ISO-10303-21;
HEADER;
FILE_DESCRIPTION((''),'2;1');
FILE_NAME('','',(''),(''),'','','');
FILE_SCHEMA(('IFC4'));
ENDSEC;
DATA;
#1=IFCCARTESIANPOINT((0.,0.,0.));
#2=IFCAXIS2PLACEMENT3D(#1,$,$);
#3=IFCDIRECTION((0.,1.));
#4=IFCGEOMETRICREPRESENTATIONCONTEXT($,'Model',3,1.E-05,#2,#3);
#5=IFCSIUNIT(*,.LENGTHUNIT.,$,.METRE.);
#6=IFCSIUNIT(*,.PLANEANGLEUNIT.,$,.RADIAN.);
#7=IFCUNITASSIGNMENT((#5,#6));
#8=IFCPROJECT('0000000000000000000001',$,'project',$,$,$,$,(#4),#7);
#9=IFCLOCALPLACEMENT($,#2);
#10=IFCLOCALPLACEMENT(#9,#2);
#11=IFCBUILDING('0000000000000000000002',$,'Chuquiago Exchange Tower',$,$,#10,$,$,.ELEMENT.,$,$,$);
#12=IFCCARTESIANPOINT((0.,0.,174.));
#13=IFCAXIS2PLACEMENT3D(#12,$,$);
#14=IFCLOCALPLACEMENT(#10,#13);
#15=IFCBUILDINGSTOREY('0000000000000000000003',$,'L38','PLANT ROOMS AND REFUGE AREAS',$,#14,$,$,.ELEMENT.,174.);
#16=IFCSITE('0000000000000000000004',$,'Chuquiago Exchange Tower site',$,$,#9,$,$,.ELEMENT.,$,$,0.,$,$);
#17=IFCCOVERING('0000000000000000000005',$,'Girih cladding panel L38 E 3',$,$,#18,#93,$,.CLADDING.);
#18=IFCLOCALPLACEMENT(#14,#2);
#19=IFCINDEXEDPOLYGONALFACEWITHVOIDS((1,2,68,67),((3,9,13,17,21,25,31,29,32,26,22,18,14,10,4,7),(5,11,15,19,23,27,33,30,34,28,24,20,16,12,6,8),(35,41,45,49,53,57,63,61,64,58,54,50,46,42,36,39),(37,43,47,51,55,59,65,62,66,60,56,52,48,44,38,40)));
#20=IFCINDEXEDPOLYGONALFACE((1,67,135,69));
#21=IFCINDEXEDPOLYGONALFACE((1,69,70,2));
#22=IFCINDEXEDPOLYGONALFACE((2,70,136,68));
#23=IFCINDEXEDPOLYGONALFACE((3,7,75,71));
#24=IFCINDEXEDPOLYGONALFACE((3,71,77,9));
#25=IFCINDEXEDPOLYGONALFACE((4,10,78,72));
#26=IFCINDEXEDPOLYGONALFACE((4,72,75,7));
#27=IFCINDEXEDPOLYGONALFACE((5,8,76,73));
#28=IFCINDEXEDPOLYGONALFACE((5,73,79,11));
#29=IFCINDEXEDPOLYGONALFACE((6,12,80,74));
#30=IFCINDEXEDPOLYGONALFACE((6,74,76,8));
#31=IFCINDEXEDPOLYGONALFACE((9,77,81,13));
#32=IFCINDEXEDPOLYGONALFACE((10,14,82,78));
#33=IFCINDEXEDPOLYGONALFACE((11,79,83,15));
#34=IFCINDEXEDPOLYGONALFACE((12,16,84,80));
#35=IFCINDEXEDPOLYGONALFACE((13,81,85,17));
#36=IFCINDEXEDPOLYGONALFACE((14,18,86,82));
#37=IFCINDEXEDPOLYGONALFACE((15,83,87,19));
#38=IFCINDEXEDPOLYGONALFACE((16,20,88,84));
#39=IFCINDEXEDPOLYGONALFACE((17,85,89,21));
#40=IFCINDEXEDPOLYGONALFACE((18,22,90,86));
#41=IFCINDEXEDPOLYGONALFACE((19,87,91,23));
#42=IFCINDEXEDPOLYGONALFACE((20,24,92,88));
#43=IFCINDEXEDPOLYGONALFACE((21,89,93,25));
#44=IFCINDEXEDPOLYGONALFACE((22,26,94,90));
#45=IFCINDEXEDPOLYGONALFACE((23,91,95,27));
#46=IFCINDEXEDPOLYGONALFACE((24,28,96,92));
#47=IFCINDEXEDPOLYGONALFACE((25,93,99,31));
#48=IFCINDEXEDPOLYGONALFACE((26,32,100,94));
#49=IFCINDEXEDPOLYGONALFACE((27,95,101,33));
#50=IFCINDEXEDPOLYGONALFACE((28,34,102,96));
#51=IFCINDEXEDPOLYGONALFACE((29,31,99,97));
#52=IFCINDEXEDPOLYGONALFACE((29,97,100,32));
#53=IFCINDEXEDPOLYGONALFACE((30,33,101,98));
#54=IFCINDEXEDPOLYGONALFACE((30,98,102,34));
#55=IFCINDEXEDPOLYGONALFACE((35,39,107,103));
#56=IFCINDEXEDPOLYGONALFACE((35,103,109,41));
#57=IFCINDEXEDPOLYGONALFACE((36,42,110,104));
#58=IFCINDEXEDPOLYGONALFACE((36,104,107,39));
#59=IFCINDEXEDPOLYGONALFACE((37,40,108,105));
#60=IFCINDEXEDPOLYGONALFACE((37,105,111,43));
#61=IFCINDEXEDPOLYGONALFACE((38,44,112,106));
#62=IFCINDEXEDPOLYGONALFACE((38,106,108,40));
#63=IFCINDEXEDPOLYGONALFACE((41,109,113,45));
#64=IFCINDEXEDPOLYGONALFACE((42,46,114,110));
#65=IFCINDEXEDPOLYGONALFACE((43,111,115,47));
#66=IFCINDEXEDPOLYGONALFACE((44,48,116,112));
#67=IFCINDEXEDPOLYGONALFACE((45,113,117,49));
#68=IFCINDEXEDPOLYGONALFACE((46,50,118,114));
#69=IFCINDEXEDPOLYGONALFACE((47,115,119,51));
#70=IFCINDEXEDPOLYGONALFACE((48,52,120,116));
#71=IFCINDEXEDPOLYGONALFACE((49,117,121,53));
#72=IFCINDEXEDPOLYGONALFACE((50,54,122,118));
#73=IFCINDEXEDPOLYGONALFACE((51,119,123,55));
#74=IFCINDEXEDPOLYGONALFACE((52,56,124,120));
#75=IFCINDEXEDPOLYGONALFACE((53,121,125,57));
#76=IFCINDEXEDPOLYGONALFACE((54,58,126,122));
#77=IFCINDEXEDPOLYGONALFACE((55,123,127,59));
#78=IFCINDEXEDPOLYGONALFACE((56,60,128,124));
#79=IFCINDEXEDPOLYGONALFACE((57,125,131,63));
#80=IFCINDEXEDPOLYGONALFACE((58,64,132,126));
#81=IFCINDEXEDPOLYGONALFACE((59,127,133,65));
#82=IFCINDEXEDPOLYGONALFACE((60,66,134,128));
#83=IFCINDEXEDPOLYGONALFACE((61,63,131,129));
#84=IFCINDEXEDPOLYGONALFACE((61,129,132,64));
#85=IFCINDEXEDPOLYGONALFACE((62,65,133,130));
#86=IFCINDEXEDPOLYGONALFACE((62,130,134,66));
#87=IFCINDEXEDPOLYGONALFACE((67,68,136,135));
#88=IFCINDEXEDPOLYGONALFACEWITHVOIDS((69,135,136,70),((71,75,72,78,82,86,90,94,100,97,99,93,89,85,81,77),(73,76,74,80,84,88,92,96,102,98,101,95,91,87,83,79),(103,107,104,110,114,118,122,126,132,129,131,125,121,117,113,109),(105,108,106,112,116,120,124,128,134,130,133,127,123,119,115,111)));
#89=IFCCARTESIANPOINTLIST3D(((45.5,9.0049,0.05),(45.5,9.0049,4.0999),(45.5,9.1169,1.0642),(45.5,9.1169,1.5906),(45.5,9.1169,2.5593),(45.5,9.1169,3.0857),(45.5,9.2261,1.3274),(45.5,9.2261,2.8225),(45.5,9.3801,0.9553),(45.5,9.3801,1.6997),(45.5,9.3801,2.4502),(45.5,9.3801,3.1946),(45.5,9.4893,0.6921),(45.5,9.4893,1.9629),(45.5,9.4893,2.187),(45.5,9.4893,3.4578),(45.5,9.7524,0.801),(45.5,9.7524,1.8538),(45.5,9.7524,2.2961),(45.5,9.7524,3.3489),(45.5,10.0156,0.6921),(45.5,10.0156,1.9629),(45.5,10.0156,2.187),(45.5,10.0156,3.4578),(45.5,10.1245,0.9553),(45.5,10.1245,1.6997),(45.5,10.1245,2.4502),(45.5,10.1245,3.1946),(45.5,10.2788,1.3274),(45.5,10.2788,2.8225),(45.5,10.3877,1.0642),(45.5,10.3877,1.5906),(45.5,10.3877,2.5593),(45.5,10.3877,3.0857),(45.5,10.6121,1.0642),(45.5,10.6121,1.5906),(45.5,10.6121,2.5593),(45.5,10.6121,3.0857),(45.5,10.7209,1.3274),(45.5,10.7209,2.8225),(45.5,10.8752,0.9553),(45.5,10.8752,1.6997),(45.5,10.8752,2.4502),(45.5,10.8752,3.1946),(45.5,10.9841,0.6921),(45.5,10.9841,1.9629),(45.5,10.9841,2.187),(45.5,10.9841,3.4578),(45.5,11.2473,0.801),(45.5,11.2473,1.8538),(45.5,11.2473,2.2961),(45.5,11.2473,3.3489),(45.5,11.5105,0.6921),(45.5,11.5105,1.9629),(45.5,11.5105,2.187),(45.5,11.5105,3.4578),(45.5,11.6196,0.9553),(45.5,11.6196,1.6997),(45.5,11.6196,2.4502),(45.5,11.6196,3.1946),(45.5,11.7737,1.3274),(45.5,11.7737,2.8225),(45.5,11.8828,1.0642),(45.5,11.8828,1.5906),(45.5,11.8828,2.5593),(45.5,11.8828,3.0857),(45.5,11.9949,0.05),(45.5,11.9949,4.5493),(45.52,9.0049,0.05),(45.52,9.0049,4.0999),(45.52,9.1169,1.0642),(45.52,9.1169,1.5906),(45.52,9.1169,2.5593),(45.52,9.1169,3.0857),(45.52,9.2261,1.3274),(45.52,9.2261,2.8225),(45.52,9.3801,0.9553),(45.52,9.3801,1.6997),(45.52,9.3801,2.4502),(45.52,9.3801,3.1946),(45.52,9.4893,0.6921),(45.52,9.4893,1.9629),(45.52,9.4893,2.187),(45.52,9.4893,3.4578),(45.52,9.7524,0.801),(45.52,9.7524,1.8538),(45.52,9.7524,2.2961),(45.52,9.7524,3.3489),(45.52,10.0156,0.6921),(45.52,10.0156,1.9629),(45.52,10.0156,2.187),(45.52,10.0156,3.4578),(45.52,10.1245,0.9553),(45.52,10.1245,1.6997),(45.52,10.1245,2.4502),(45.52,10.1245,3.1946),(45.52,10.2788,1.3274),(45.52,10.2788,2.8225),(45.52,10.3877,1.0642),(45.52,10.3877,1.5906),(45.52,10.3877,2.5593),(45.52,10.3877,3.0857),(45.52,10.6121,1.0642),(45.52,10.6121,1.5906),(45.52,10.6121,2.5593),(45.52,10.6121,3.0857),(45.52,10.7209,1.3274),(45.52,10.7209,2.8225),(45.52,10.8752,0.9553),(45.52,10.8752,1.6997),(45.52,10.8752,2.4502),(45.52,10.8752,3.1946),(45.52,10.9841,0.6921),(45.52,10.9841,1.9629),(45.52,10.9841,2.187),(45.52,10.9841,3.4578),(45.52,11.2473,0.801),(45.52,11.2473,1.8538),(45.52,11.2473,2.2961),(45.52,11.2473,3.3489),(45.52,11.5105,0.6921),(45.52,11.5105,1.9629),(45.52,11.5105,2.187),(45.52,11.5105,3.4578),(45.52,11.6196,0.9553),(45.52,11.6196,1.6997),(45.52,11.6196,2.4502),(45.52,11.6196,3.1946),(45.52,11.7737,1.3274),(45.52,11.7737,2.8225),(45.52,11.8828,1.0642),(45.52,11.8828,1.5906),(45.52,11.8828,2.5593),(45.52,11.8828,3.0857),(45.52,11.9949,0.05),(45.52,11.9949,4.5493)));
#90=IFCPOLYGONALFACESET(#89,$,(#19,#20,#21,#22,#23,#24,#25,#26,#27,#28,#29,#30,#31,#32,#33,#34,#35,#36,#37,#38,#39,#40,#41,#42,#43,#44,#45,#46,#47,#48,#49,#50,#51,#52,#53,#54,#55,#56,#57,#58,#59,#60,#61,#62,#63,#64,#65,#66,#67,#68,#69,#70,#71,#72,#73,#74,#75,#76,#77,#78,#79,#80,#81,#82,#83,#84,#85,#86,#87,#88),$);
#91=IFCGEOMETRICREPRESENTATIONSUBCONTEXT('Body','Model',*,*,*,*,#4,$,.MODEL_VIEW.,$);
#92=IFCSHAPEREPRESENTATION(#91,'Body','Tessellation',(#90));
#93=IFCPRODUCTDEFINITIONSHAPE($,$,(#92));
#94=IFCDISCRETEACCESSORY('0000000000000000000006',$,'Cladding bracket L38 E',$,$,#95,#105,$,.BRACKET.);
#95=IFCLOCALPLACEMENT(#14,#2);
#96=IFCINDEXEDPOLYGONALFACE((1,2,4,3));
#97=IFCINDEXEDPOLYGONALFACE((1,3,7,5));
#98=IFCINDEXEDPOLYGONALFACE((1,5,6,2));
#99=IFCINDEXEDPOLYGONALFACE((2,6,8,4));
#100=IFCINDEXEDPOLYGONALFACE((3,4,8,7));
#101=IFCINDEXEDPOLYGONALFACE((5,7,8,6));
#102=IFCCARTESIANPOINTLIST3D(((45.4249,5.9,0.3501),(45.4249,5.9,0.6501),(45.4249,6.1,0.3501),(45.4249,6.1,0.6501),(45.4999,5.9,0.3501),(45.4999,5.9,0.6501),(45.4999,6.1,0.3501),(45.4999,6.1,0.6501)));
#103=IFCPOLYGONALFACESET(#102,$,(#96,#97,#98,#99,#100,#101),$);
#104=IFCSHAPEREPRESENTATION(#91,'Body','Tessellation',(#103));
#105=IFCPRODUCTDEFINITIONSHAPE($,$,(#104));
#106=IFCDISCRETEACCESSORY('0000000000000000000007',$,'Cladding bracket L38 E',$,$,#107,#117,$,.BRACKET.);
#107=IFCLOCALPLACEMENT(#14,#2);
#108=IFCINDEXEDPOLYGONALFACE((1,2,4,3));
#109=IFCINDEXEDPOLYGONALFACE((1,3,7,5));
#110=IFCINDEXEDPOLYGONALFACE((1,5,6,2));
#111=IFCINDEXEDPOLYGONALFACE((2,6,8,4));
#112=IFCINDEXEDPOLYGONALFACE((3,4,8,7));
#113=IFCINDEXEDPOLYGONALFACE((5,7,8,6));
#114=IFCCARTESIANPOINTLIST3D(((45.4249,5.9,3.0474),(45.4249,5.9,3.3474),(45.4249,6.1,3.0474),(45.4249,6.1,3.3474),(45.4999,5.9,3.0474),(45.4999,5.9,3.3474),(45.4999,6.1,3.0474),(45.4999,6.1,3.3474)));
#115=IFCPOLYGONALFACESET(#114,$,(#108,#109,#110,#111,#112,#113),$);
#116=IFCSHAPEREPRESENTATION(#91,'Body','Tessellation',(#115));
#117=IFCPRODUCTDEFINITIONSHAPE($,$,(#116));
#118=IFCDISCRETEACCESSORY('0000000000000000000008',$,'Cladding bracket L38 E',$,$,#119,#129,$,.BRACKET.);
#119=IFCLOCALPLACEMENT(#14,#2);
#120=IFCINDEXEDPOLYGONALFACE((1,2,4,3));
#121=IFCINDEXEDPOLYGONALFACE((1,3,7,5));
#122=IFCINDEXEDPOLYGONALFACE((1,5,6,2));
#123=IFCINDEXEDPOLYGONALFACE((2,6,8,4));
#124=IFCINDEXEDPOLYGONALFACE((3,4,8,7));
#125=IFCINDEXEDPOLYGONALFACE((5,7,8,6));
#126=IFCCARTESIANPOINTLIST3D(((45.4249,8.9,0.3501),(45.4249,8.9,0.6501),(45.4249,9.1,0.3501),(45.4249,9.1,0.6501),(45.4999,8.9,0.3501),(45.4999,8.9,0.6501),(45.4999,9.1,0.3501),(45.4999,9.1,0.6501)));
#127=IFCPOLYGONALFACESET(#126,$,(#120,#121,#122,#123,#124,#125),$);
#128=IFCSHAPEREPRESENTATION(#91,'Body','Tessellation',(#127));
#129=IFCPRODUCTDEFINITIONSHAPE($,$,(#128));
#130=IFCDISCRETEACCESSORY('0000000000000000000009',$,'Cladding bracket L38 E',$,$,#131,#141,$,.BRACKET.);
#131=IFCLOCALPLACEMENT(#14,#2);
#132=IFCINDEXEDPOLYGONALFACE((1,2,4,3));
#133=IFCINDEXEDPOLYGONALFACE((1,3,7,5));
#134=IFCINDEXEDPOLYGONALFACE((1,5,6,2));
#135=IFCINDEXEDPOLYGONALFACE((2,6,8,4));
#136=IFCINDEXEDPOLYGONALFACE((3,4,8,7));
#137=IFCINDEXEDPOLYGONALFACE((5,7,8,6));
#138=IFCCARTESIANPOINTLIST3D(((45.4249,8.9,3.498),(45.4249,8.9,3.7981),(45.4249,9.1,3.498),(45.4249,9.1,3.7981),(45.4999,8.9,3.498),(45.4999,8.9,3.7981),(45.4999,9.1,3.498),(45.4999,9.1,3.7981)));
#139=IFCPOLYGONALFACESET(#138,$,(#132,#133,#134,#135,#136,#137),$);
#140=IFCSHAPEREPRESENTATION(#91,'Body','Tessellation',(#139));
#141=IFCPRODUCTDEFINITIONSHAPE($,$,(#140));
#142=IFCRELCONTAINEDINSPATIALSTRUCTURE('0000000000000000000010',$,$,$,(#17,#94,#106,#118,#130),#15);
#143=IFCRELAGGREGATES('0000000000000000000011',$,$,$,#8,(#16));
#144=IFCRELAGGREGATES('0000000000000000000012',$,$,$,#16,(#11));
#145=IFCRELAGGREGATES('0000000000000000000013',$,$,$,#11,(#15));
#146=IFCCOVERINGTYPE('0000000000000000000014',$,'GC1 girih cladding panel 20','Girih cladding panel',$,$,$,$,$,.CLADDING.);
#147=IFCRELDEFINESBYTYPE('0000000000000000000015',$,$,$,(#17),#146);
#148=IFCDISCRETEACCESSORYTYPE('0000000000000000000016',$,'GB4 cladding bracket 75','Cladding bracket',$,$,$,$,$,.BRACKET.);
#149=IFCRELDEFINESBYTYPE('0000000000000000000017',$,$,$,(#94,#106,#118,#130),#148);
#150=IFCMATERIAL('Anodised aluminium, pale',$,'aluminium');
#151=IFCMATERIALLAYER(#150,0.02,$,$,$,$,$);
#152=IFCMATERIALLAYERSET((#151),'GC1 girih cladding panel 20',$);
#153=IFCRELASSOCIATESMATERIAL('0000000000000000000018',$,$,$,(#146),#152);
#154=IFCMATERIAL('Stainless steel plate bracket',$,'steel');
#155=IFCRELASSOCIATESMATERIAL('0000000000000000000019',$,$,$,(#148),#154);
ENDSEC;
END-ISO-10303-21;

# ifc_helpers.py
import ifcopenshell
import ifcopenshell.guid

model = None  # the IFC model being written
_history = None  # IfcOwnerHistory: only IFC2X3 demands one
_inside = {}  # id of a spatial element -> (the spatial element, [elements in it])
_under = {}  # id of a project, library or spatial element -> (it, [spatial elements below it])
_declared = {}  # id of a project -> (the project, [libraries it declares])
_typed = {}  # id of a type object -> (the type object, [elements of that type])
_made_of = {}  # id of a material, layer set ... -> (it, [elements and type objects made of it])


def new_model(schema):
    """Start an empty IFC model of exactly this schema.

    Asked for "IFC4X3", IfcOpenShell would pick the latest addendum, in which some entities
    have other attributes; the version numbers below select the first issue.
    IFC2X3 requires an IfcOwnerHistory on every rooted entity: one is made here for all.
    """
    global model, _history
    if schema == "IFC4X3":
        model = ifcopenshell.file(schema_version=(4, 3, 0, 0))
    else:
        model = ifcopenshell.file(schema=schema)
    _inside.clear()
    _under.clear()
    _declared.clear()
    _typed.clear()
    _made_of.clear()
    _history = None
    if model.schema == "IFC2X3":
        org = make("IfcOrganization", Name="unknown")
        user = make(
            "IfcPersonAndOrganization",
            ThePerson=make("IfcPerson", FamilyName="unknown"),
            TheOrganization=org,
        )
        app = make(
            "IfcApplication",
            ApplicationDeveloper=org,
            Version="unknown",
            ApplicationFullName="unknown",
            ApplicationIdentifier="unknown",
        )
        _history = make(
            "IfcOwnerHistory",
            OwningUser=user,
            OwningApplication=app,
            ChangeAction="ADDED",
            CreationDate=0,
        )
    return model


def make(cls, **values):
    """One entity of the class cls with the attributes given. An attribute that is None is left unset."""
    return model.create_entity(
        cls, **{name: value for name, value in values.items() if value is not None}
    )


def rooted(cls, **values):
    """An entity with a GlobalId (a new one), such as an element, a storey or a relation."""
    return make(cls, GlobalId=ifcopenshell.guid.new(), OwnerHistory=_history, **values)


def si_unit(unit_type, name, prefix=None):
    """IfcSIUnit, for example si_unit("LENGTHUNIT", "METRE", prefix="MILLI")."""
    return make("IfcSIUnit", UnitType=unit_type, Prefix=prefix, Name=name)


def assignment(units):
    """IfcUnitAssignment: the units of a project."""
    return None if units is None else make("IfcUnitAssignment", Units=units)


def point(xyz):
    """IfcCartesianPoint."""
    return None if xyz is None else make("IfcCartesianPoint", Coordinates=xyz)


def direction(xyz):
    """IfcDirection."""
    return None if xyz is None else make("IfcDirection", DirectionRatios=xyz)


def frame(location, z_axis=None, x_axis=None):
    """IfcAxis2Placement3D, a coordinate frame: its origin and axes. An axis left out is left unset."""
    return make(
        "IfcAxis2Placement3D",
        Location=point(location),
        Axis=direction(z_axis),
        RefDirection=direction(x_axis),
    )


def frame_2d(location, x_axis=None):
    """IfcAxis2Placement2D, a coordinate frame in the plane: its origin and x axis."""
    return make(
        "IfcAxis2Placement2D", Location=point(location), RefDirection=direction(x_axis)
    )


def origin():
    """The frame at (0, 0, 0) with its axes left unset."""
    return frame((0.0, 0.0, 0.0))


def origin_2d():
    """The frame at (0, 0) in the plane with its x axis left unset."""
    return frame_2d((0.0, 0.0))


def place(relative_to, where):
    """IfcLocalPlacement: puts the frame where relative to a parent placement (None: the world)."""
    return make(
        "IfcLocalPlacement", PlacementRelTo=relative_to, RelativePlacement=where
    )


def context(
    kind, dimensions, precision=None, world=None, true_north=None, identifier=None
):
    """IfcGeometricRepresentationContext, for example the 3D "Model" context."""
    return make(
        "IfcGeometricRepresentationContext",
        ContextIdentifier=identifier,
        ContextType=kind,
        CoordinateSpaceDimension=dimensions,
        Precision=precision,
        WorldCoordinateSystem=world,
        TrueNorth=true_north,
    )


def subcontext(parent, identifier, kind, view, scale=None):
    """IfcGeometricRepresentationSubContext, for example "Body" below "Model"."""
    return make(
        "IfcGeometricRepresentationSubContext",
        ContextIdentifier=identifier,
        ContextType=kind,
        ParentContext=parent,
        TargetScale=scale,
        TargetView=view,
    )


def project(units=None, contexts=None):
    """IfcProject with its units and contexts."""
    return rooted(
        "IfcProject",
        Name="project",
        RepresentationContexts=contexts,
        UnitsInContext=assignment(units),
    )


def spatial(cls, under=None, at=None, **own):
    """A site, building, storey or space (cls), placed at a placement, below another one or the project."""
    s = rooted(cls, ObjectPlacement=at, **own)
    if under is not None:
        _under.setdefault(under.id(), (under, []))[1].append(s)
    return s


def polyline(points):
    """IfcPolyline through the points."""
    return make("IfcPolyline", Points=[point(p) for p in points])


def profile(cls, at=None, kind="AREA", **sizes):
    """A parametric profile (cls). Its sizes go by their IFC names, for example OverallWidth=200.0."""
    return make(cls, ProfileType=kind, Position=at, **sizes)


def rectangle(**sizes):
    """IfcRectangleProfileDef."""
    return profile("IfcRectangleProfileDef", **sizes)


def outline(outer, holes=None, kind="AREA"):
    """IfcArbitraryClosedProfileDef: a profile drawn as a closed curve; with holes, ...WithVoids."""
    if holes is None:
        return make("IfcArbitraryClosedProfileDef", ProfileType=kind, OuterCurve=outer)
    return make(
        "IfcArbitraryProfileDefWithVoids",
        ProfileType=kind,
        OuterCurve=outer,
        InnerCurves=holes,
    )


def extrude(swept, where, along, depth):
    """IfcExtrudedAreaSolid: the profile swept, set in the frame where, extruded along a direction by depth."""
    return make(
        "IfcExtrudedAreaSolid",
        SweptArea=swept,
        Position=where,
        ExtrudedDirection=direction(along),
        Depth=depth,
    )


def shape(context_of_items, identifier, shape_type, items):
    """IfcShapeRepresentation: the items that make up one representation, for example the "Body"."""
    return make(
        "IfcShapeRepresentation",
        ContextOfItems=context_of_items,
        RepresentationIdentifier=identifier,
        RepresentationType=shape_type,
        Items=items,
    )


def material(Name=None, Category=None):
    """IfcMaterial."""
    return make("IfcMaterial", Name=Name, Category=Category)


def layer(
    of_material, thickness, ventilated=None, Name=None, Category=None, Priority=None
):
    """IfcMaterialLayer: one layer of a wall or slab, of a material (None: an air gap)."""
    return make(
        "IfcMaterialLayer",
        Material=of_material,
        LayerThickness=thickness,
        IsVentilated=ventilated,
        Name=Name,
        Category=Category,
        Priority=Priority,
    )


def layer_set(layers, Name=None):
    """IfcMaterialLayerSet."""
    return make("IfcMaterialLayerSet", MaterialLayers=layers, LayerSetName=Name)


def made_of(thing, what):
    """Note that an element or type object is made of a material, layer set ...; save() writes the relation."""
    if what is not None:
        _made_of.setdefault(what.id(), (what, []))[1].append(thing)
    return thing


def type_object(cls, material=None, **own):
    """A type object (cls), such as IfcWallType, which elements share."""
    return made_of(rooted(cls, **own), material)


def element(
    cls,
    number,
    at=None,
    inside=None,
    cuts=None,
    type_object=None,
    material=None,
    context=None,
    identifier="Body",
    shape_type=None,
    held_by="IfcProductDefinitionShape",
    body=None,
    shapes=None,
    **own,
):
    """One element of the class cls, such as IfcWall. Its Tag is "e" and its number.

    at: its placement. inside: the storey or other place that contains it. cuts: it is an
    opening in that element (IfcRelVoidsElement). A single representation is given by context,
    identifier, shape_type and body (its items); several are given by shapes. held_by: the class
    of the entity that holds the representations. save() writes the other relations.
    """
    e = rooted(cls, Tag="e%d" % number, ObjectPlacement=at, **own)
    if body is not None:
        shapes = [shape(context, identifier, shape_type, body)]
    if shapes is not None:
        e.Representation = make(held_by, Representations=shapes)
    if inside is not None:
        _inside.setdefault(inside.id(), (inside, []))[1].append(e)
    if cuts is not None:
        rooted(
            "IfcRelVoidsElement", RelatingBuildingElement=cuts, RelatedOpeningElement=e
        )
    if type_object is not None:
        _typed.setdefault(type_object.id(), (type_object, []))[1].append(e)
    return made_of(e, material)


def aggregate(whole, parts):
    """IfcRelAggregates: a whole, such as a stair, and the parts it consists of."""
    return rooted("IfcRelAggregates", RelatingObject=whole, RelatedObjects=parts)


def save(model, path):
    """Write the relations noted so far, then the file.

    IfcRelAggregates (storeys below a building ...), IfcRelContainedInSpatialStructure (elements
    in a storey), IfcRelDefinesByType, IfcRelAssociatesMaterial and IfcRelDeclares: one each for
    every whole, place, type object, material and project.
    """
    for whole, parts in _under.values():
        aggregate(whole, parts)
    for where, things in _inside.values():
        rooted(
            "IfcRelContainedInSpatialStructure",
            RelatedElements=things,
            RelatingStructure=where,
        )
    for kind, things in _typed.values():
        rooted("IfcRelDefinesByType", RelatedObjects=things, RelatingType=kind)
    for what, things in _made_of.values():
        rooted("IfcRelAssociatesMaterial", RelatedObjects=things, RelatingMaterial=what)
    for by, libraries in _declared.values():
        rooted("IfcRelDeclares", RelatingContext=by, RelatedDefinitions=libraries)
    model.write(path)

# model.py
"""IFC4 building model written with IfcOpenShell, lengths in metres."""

from ifc_helpers import new_model, si_unit, direction, frame, origin, origin_2d, place, context, subcontext, project, spatial, polyline, rectangle, outline, extrude, material, layer, layer_set, type_object, element, save


model = new_model("IFC4")

# Units and contexts
model_context = context("Model", 3, precision=1e-05, world=origin(), true_north=direction((0.0, 1.0)))
body_context = subcontext(model_context, "Body", "Model", "MODEL_VIEW")
ifc_project = project(units=[si_unit("LENGTHUNIT", "METRE"), si_unit("PLANEANGLEUNIT", "RADIAN")], contexts=[model_context])

# Site, building, storey
site_placement = place(None, origin())
site = spatial("IfcSite", under=ifc_project, at=site_placement, Name="Chuquiago Exchange Tower site", CompositionType="ELEMENT", RefElevation=0.0)
building_placement = place(site_placement, origin())
building = spatial("IfcBuilding", under=site, at=building_placement, Name="Chuquiago Exchange Tower", CompositionType="ELEMENT")
storey_placement = place(building_placement, frame((0.0, 0.0, 174.0)))
storey = spatial("IfcBuildingStorey", under=building, at=storey_placement, Name="L38", Description="PLANT ROOMS AND REFUGE AREAS", CompositionType="ELEMENT", Elevation=174.0)

# Covering
ifc_material_1 = material(Name="Anodised aluminium, pale", Category="aluminium")
ifc_layer_1 = layer(ifc_material_1, 0.02)
ifc_layer_set_1 = layer_set([ifc_layer_1], Name="GC1 girih cladding panel 20")
covering_type = type_object("IfcCoveringType", Name="GC1 girih cladding panel 20", Description="Girih cladding panel", PredefinedType="CLADDING", material=ifc_layer_set_1)
covering_1_placement = place(storey_placement, frame((45.5, 9.0049, 0.05), z_axis=(0.0, 0.0, 1.0), x_axis=(0.0, 1.0, 0.0)))
element("IfcCovering", 1, at=covering_1_placement, inside=storey, type_object=covering_type, Name="Girih cladding panel L38 E 3", PredefinedType="CLADDING", context=body_context, shape_type="SweptSolid", body=[
    extrude(outline(polyline([(0.0, 0.0), (2.99, 0.0), (2.99, 4.4993), (0.0, 4.0498), (0.0, 0.0)]), holes=[polyline([(1.2739, 1.2773), (1.3828, 1.5405), (1.1196, 1.6497), (1.0107, 1.9128), (0.7476, 1.8037), (0.4844, 1.9128), (0.3752, 1.6497), (0.1121, 1.5405), (0.2212, 1.2773), (0.1121, 1.0142), (0.3752, 0.9053), (0.4844, 0.6421), (0.7476, 0.751), (1.0107, 0.6421), (1.1196, 0.9053), (1.3828, 1.0142), (1.2739, 1.2773)]), polyline([(2.7688, 1.2773), (2.8779, 1.5405), (2.6147, 1.6497), (2.5056, 1.9128), (2.2424, 1.8037), (1.9792, 1.9128), (1.8704, 1.6497), (1.6072, 1.5405), (1.7161, 1.2773), (1.6072, 1.0142), (1.8704, 0.9053), (1.9792, 0.6421), (2.2424, 0.751), (2.5056, 0.6421), (2.6147, 0.9053), (2.8779, 1.0142), (2.7688, 1.2773)]), polyline([(1.2739, 2.7725), (1.3828, 3.0356), (1.1196, 3.1445), (1.0107, 3.4077), (0.7476, 3.2988), (0.4844, 3.4077), (0.3752, 3.1445), (0.1121, 3.0356), (0.2212, 2.7725), (0.1121, 2.5093), (0.3752, 2.4001), (0.4844, 2.137), (0.7476, 2.2461), (1.0107, 2.137), (1.1196, 2.4001), (1.3828, 2.5093), (1.2739, 2.7725)]), polyline([(2.7688, 2.7725), (2.8779, 3.0356), (2.6147, 3.1445), (2.5056, 3.4077), (2.2424, 3.2988), (1.9792, 3.4077), (1.8704, 3.1445), (1.6072, 3.0356), (1.7161, 2.7725), (1.6072, 2.5093), (1.8704, 2.4001), (1.9792, 2.137), (2.2424, 2.2461), (2.5056, 2.137), (2.6147, 2.4001), (2.8779, 2.5093), (2.7688, 2.7725)])]), frame((0.0, 0.0, 0.0), z_axis=(0.0, -1.0, 0.0), x_axis=(1.0, 0.0, 0.0)), (0.0, 0.0, 1.0), 0.02),
])

# Discrete accessories
ifc_material_2 = material(Name="Stainless steel plate bracket", Category="steel")
discrete_accessory_type = type_object("IfcDiscreteAccessoryType", Name="GB4 cladding bracket 75", Description="Cladding bracket", PredefinedType="BRACKET", material=ifc_material_2)
for number, where, z_axis, x_axis, name in (
    (2, (45.4624, 6.0, 0.3501), (0.0, 0.0, 1.0), (0.0, 1.0, 0.0), "Cladding bracket L38 E"),
    (3, (45.4624, 6.0, 3.0474), (0.0, 0.0, 1.0), (0.0, 1.0, 0.0), "Cladding bracket L38 E"),
    (4, (45.4624, 9.0, 0.3501), (0.0, 0.0, 1.0), (0.0, 1.0, 0.0), "Cladding bracket L38 E"),
    (5, (45.4624, 9.0, 3.498), (0.0, 0.0, 1.0), (0.0, 1.0, 0.0), "Cladding bracket L38 E"),
):
    element("IfcDiscreteAccessory", number, at=place(storey_placement, frame(where, z_axis=z_axis, x_axis=x_axis)), inside=storey, type_object=discrete_accessory_type, Name=name, PredefinedType="BRACKET", context=body_context, shape_type="SweptSolid", body=[
        extrude(rectangle(XDim=0.2, YDim=0.075, at=origin_2d()), origin(), (0.0, 0.0, 1.0), 0.3),
    ])

save(model, "model.ifc")
